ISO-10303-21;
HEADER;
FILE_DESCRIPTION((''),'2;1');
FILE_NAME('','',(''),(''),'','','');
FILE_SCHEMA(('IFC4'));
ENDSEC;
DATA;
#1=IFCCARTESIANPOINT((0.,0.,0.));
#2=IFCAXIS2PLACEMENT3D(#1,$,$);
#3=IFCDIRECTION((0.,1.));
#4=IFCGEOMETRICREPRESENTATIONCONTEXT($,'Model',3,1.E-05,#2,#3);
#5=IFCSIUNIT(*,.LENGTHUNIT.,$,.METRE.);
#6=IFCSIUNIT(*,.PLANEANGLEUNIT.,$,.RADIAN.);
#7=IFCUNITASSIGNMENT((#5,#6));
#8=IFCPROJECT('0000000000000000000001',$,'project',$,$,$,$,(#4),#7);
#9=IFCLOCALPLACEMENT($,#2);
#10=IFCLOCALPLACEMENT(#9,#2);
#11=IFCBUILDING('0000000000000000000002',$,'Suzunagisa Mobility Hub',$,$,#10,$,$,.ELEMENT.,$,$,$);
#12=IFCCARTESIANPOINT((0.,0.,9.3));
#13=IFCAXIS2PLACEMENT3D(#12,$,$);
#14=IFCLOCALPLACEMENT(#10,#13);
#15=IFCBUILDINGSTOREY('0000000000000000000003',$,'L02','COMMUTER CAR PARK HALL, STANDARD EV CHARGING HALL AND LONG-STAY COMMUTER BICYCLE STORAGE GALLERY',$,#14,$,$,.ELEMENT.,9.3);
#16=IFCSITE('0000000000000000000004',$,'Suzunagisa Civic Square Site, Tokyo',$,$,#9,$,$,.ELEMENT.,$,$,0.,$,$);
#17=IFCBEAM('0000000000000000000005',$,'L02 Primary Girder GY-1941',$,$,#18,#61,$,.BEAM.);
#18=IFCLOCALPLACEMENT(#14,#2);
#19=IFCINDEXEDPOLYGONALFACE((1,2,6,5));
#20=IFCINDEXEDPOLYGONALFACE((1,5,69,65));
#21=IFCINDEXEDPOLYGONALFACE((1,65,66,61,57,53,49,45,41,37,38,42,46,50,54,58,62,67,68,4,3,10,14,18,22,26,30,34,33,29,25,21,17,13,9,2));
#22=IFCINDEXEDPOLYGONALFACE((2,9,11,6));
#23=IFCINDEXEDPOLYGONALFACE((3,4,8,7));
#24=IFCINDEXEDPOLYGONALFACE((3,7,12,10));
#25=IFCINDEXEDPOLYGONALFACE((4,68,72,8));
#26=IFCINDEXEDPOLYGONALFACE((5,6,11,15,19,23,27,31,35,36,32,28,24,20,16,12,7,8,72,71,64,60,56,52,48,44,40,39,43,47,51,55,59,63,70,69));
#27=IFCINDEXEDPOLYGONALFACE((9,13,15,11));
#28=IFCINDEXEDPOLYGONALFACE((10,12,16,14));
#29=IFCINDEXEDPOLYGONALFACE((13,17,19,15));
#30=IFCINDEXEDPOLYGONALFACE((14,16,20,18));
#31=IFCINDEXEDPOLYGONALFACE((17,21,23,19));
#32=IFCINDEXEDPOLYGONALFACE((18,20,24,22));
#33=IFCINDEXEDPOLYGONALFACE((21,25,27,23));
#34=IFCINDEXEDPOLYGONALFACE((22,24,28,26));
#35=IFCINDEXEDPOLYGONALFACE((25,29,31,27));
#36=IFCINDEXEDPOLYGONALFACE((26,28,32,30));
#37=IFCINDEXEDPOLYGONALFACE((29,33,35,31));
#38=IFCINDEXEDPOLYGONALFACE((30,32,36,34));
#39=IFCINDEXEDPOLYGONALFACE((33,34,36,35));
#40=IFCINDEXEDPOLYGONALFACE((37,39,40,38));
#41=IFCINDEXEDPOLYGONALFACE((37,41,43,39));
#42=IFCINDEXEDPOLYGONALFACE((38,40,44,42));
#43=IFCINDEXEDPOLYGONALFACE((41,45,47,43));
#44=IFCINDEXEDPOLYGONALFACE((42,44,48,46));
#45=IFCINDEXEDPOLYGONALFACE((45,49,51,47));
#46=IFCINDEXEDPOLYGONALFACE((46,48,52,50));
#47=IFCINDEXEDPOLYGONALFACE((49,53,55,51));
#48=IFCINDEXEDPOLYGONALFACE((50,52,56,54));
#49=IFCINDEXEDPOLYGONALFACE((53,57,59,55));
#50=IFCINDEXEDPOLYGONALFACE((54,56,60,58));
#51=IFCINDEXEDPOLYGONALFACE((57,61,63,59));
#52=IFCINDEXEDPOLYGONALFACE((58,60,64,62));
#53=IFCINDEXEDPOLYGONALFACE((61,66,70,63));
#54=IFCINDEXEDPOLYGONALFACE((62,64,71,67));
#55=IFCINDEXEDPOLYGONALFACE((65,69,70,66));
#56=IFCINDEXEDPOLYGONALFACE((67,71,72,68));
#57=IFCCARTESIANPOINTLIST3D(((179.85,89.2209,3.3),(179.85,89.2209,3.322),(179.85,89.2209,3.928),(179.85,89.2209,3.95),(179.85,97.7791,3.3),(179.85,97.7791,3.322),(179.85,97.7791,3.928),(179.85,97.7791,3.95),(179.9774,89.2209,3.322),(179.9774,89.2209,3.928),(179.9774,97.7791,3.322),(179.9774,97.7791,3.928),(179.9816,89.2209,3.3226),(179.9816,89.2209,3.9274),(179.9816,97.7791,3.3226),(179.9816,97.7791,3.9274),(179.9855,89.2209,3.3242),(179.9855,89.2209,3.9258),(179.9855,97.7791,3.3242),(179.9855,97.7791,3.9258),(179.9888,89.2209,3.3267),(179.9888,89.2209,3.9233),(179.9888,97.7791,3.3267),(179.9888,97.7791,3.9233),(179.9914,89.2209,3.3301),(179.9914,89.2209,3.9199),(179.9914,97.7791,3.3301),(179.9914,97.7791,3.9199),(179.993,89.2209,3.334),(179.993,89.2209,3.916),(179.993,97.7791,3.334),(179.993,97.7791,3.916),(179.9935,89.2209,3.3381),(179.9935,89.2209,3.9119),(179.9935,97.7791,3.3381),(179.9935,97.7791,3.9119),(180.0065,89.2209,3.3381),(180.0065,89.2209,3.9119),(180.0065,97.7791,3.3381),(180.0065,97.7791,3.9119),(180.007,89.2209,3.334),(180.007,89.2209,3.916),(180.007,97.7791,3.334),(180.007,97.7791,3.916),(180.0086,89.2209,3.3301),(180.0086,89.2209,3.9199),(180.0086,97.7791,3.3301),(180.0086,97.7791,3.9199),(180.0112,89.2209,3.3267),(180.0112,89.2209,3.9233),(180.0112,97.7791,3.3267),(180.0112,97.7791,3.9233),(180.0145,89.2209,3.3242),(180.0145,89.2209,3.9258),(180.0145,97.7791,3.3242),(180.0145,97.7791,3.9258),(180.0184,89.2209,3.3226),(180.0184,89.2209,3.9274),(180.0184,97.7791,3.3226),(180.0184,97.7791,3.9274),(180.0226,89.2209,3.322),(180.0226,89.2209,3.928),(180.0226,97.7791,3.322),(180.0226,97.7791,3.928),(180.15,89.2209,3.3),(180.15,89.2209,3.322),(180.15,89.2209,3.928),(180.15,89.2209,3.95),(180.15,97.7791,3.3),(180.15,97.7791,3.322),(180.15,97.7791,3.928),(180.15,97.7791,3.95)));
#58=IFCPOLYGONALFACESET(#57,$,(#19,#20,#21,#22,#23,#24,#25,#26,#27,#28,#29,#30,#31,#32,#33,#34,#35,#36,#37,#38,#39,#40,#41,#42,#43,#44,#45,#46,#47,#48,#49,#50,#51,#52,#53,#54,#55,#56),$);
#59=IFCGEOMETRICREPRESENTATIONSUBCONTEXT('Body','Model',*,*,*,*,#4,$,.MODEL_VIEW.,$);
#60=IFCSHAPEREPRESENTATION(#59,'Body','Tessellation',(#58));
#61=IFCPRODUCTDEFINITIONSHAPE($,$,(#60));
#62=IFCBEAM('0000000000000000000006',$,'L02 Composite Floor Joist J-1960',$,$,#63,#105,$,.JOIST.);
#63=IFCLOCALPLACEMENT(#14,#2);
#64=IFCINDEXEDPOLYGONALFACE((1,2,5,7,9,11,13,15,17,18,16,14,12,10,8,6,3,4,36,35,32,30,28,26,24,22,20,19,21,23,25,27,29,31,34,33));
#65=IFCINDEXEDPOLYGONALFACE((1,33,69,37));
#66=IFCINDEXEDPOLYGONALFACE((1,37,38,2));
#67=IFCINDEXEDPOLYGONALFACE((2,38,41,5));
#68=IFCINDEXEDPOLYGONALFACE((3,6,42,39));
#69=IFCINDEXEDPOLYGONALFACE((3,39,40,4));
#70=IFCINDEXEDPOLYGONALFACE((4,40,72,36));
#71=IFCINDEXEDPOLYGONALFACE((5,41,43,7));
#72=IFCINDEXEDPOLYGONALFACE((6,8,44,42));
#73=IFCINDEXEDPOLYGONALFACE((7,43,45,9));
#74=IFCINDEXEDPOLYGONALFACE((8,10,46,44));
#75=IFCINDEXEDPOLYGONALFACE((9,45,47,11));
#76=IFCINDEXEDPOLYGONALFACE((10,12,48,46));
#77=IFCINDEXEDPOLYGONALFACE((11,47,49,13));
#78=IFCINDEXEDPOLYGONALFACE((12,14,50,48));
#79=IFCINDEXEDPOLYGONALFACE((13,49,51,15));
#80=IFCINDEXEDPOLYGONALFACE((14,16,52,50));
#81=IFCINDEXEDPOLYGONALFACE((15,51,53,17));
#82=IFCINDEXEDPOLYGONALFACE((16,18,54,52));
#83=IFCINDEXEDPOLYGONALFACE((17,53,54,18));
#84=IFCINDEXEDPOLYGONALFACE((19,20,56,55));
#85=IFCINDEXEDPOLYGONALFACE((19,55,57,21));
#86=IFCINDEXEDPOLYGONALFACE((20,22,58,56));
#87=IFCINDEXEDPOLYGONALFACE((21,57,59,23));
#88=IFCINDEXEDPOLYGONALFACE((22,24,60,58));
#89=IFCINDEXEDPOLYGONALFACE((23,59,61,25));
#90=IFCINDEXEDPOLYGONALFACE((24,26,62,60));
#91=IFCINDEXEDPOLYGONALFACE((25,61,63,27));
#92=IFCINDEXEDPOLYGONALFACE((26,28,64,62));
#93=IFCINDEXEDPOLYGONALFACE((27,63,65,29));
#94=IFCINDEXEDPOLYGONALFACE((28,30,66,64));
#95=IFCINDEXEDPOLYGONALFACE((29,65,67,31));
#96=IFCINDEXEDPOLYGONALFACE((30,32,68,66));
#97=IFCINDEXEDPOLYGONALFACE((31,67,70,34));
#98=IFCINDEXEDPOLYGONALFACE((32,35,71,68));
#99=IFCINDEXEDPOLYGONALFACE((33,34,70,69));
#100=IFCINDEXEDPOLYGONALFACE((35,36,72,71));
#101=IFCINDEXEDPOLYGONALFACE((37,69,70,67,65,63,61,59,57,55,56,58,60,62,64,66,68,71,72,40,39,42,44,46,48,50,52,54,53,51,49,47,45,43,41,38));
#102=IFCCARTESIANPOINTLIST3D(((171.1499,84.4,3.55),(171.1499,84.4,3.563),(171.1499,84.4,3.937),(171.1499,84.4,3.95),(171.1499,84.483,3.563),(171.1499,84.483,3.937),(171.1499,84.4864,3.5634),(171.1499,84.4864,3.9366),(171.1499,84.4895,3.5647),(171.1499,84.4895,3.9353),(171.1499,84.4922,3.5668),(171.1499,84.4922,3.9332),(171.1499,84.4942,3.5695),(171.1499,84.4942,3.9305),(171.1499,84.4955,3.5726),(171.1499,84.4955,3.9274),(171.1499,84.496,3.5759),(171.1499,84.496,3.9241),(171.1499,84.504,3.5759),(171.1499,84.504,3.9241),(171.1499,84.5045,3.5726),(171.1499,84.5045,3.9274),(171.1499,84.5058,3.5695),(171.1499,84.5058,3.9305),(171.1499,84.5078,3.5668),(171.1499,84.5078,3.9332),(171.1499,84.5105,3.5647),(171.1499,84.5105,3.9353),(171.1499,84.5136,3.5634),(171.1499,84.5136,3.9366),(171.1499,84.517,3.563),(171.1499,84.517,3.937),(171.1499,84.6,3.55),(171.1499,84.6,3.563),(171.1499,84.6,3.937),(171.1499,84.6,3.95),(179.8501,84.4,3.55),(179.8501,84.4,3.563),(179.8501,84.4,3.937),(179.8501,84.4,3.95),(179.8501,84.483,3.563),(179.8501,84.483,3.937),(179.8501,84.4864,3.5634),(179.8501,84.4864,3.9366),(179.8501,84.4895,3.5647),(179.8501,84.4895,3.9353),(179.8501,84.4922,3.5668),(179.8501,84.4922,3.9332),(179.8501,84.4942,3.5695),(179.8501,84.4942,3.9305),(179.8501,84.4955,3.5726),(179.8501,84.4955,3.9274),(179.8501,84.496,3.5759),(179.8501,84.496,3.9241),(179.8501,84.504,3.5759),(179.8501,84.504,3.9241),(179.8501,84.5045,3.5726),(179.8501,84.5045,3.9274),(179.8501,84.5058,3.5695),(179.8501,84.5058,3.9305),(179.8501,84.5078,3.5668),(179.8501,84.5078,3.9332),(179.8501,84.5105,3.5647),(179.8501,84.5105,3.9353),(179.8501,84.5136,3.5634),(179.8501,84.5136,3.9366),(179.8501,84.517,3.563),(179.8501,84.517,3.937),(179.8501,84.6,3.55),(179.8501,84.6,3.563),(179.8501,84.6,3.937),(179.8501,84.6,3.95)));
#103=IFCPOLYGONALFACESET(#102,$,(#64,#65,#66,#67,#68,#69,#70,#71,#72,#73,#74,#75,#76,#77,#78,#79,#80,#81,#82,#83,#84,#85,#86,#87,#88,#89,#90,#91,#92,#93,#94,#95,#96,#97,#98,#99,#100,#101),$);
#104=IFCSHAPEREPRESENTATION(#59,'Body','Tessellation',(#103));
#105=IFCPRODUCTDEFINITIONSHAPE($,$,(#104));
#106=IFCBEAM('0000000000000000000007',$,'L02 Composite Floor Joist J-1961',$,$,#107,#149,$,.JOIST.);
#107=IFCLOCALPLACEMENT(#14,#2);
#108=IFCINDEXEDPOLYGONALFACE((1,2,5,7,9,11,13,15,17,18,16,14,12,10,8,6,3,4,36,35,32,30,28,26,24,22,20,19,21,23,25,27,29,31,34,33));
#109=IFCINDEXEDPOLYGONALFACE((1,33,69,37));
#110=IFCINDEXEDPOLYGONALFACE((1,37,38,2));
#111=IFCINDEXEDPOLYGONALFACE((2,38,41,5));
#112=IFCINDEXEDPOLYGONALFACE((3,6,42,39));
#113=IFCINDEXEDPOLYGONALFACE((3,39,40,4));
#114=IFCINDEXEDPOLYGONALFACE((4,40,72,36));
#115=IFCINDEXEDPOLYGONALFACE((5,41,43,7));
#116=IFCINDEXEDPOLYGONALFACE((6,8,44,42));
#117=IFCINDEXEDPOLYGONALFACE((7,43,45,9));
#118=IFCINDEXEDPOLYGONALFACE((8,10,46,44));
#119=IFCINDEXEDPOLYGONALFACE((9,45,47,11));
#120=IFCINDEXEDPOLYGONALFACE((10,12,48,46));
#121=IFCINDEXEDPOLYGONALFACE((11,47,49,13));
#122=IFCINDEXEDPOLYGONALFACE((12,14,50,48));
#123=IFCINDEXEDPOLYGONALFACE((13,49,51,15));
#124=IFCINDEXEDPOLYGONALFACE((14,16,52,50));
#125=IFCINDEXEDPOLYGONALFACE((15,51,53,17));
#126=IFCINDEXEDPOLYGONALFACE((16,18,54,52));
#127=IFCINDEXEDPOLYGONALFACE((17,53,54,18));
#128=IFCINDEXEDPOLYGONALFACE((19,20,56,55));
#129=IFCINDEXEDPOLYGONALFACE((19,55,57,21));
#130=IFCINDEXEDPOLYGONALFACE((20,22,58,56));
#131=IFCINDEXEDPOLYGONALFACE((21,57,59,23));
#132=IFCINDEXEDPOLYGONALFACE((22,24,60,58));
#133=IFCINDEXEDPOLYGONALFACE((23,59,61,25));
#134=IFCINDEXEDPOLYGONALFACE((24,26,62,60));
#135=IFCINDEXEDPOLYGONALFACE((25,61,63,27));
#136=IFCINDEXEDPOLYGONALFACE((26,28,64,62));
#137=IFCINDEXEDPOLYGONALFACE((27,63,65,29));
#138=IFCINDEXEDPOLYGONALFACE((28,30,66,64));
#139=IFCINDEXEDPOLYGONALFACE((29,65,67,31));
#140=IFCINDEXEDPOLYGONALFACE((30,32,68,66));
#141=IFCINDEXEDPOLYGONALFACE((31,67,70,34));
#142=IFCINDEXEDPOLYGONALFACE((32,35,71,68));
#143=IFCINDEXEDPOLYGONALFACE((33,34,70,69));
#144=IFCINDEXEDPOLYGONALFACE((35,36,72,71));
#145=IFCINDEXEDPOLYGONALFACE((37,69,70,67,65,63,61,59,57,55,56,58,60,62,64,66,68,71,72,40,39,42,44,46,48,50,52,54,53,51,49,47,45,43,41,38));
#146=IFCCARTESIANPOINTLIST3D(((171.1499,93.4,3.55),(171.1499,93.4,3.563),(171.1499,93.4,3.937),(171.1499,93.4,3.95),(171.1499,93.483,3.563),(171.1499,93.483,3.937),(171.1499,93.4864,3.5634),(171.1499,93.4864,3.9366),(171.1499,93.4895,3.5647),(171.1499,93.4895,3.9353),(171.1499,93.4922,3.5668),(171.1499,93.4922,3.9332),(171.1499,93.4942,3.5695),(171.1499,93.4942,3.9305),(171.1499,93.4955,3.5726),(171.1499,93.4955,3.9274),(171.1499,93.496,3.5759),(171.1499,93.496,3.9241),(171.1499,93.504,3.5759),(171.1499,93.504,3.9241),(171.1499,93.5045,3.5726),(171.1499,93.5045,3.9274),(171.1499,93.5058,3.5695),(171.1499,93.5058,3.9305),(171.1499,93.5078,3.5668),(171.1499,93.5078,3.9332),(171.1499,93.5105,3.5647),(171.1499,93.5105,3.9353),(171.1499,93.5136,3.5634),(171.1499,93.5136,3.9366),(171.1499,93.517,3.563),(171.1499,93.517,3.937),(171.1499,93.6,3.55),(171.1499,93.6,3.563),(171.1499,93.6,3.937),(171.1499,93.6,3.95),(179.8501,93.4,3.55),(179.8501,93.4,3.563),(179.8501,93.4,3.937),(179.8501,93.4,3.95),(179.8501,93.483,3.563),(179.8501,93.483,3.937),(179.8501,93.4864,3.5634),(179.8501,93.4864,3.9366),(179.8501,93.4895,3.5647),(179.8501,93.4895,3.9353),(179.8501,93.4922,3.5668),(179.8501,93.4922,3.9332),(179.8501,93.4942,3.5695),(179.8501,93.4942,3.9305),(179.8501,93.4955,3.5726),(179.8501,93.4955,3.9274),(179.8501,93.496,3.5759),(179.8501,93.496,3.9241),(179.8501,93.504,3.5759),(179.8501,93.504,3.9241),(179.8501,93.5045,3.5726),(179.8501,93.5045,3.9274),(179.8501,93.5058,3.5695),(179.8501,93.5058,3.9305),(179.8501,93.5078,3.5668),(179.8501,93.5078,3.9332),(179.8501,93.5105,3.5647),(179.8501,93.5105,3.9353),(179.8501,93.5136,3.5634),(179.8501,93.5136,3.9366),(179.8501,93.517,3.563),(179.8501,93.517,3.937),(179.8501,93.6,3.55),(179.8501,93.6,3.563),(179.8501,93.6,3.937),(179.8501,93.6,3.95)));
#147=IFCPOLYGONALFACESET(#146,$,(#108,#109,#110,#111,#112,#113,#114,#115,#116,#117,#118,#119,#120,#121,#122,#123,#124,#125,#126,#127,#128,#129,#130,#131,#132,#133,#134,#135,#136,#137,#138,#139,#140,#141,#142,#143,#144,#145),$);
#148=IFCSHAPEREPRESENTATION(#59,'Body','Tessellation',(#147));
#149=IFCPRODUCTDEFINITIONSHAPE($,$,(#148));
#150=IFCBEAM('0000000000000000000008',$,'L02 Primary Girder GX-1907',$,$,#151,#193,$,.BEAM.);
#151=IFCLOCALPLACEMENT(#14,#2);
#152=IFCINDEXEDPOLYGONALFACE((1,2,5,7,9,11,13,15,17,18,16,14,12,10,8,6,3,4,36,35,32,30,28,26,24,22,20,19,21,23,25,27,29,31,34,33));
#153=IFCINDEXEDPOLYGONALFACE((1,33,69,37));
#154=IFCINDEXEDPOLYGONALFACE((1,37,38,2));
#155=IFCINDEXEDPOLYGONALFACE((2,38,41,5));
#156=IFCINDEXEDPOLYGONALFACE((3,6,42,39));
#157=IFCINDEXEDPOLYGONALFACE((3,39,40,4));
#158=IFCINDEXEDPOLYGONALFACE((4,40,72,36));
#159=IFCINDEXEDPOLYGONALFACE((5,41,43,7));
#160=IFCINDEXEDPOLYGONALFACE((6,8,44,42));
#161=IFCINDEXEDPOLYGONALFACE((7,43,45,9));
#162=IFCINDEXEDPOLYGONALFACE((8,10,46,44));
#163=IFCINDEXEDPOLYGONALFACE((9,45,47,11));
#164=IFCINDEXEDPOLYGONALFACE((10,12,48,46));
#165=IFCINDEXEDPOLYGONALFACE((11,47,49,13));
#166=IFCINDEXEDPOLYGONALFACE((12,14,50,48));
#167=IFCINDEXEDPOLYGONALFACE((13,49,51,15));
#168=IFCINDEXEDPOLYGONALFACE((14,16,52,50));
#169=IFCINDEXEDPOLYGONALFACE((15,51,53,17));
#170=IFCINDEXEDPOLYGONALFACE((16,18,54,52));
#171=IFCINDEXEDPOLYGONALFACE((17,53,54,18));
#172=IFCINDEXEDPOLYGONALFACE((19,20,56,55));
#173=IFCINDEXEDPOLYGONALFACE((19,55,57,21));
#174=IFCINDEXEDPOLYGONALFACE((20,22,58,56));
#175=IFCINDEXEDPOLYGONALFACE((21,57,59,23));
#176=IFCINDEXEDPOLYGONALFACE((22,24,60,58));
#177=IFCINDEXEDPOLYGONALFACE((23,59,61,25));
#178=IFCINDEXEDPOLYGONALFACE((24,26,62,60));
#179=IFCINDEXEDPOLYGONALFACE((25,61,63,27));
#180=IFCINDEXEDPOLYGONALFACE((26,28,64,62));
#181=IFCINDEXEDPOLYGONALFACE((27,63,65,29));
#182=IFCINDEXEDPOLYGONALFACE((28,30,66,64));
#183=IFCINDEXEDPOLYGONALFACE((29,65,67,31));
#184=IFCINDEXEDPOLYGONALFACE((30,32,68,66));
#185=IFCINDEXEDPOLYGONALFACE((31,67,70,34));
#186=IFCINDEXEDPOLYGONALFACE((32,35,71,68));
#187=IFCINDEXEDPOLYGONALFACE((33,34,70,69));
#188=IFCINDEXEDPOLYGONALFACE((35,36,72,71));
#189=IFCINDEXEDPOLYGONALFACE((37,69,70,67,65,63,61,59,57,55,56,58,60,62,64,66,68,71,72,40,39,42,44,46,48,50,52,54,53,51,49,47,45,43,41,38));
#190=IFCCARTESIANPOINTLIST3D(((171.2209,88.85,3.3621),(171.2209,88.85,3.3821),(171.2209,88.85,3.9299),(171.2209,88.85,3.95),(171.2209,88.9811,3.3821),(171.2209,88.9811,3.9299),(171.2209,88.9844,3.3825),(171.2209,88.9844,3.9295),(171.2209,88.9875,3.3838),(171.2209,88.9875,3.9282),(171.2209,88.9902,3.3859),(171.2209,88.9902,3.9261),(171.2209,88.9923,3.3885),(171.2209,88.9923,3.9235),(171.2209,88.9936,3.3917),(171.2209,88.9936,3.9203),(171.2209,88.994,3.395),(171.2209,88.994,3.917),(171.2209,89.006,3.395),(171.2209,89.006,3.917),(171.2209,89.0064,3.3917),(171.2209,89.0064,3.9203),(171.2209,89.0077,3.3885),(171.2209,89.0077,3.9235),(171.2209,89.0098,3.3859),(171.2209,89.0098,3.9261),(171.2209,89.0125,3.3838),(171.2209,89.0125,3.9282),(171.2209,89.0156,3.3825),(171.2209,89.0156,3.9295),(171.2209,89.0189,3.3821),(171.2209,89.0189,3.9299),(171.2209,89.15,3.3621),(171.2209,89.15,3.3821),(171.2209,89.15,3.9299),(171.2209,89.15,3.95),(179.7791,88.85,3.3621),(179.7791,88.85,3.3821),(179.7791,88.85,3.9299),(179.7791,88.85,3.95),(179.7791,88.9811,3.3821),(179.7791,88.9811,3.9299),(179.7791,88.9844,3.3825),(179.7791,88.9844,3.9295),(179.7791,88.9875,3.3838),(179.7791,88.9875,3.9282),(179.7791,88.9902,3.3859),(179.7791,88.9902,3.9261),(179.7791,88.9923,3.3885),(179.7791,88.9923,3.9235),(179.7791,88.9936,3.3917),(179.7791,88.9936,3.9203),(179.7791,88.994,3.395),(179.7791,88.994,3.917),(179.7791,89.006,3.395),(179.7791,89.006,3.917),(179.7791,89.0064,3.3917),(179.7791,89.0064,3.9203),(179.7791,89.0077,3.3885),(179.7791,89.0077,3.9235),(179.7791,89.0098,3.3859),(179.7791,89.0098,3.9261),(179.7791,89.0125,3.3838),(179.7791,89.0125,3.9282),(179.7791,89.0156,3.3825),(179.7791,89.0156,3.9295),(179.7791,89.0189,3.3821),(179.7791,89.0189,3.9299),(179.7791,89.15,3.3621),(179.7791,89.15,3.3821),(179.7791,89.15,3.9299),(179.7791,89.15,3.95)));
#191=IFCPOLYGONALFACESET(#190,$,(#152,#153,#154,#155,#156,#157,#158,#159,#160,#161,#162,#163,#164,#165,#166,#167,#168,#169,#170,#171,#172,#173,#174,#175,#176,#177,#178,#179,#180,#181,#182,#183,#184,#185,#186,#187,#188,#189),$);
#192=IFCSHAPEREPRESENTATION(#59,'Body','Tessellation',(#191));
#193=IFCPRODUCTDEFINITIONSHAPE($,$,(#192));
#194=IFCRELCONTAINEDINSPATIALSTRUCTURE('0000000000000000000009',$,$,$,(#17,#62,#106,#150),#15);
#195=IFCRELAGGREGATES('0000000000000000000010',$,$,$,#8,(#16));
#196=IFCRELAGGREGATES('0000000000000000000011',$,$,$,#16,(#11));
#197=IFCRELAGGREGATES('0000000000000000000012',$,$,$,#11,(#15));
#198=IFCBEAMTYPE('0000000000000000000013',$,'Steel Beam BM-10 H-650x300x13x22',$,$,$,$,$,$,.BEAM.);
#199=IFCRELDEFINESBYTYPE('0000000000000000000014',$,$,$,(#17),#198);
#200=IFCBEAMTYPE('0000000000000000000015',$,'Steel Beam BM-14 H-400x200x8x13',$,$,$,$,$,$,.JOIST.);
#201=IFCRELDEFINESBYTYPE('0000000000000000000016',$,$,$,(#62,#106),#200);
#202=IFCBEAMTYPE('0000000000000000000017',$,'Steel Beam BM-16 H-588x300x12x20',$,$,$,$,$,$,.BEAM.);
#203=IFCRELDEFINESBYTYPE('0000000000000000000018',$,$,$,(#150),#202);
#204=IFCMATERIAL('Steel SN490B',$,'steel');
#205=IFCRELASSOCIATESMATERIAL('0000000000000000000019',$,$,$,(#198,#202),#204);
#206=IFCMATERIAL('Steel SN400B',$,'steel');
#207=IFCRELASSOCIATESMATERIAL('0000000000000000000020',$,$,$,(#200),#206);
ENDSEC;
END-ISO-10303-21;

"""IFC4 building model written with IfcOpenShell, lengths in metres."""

from ifc_helpers import new_model, si_unit, direction, frame, origin, origin_2d, place, context, subcontext, project, spatial, i_section, extrude, material, material_profile, profile_set, type_object, element, save


model = new_model("IFC4")

# Units and contexts
model_context = context("Model", 3, precision=1e-05, world=origin(), true_north=direction((0.0, 1.0)))
body_context = subcontext(model_context, "Body", "Model", "MODEL_VIEW")
ifc_project = project(units=[si_unit("LENGTHUNIT", "METRE"), si_unit("PLANEANGLEUNIT", "RADIAN")], contexts=[model_context])

# Site, building, storey
site_placement = place(None, origin())
site = spatial("IfcSite", under=ifc_project, at=site_placement, Name="Suzunagisa Civic Square Site, Tokyo", CompositionType="ELEMENT", RefElevation=0.0)
building_placement = place(site_placement, origin())
building = spatial("IfcBuilding", under=site, at=building_placement, Name="Suzunagisa Mobility Hub", CompositionType="ELEMENT")
storey_placement = place(building_placement, frame((0.0, 0.0, 9.3)))
storey = spatial("IfcBuildingStorey", under=building, at=storey_placement, Name="L02", Description="COMMUTER CAR PARK HALL, STANDARD EV CHARGING HALL AND LONG-STAY COMMUTER BICYCLE STORAGE GALLERY", CompositionType="ELEMENT", Elevation=9.3)

# Shared definitions
ifc_material_1 = material(Name="Steel SN490B", Category="steel")

# Beams
ifc_material_profile_1 = material_profile(ifc_material_1, i_section(OverallWidth=0.3, OverallDepth=0.6499, WebThickness=0.0129, FlangeThickness=0.022, FilletRadius=0.0161, at=origin_2d()), Name="H-650x300x13x22")
ifc_profile_set_1 = profile_set([ifc_material_profile_1], Name="Steel SN490B")
beam_type_1 = type_object("IfcBeamType", Name="Steel Beam BM-10 H-650x300x13x22", PredefinedType="BEAM", material=ifc_profile_set_1)
for number, where, z_axis, x_axis, name in (
    (1, (180.0, 89.2209, 3.625), (0.0, 1.0, 0.0), (-1.0, 0.0, 0.0), "L02 Primary Girder GY-1941"),
):
    element("IfcBeam", number, at=place(storey_placement, frame(where, z_axis=z_axis, x_axis=x_axis)), inside=storey, type_object=beam_type_1, Name=name, PredefinedType="BEAM", context=body_context, shape_type="SweptSolid", body=[
        extrude(i_section(OverallWidth=0.3, OverallDepth=0.6499, WebThickness=0.0129, FlangeThickness=0.022, FilletRadius=0.0161, at=origin_2d()), origin(), (0.0, 0.0, 1.0), 8.5581),
    ])
ifc_material_2 = material(Name="Steel SN400B", Category="steel")
ifc_material_profile_2 = material_profile(ifc_material_2, i_section(OverallWidth=0.2, OverallDepth=0.3999, WebThickness=0.0081, FlangeThickness=0.0129, FilletRadius=0.0129, at=origin_2d()), Name="H-400x200x8x13")
ifc_profile_set_2 = profile_set([ifc_material_profile_2], Name="Steel SN400B")
beam_type_2 = type_object("IfcBeamType", Name="Steel Beam BM-14 H-400x200x8x13", PredefinedType="JOIST", material=ifc_profile_set_2)
for number, where, z_axis, x_axis, name in (
    (2, (171.1499, 84.5, 3.75), (1.0, 0.0, 0.0), (0.0, 1.0, 0.0), "L02 Composite Floor Joist J-1960"),
    (3, (171.1499, 93.5, 3.75), (1.0, 0.0, 0.0), (0.0, 1.0, 0.0), "L02 Composite Floor Joist J-1961"),
):
    element("IfcBeam", number, at=place(storey_placement, frame(where, z_axis=z_axis, x_axis=x_axis)), inside=storey, type_object=beam_type_2, Name=name, PredefinedType="JOIST", context=body_context, shape_type="SweptSolid", body=[
        extrude(i_section(OverallWidth=0.2, OverallDepth=0.3999, WebThickness=0.0081, FlangeThickness=0.0129, FilletRadius=0.0129, at=origin_2d()), origin(), (0.0, 0.0, 1.0), 8.7002),
    ])
ifc_material_profile_3 = material_profile(ifc_material_1, i_section(OverallWidth=0.3, OverallDepth=0.5879, WebThickness=0.012, FlangeThickness=0.02, FilletRadius=0.0129, at=origin_2d()), Name="H-588x300x12x20")
ifc_profile_set_3 = profile_set([ifc_material_profile_3], Name="Steel SN490B")
beam_type_3 = type_object("IfcBeamType", Name="Steel Beam BM-16 H-588x300x12x20", PredefinedType="BEAM", material=ifc_profile_set_3)
for number, where, z_axis, x_axis, name in (
    (4, (171.2209, 89.0, 3.656), (1.0, 0.0, 0.0), (0.0, 1.0, 0.0), "L02 Primary Girder GX-1907"),
):
    element("IfcBeam", number, at=place(storey_placement, frame(where, z_axis=z_axis, x_axis=x_axis)), inside=storey, type_object=beam_type_3, Name=name, PredefinedType="BEAM", context=body_context, shape_type="SweptSolid", body=[
        extrude(i_section(OverallWidth=0.3, OverallDepth=0.5879, WebThickness=0.012, FlangeThickness=0.02, FilletRadius=0.0129, at=origin_2d()), origin(), (0.0, 0.0, 1.0), 8.5581),
    ])

save(model, "model.ifc")
